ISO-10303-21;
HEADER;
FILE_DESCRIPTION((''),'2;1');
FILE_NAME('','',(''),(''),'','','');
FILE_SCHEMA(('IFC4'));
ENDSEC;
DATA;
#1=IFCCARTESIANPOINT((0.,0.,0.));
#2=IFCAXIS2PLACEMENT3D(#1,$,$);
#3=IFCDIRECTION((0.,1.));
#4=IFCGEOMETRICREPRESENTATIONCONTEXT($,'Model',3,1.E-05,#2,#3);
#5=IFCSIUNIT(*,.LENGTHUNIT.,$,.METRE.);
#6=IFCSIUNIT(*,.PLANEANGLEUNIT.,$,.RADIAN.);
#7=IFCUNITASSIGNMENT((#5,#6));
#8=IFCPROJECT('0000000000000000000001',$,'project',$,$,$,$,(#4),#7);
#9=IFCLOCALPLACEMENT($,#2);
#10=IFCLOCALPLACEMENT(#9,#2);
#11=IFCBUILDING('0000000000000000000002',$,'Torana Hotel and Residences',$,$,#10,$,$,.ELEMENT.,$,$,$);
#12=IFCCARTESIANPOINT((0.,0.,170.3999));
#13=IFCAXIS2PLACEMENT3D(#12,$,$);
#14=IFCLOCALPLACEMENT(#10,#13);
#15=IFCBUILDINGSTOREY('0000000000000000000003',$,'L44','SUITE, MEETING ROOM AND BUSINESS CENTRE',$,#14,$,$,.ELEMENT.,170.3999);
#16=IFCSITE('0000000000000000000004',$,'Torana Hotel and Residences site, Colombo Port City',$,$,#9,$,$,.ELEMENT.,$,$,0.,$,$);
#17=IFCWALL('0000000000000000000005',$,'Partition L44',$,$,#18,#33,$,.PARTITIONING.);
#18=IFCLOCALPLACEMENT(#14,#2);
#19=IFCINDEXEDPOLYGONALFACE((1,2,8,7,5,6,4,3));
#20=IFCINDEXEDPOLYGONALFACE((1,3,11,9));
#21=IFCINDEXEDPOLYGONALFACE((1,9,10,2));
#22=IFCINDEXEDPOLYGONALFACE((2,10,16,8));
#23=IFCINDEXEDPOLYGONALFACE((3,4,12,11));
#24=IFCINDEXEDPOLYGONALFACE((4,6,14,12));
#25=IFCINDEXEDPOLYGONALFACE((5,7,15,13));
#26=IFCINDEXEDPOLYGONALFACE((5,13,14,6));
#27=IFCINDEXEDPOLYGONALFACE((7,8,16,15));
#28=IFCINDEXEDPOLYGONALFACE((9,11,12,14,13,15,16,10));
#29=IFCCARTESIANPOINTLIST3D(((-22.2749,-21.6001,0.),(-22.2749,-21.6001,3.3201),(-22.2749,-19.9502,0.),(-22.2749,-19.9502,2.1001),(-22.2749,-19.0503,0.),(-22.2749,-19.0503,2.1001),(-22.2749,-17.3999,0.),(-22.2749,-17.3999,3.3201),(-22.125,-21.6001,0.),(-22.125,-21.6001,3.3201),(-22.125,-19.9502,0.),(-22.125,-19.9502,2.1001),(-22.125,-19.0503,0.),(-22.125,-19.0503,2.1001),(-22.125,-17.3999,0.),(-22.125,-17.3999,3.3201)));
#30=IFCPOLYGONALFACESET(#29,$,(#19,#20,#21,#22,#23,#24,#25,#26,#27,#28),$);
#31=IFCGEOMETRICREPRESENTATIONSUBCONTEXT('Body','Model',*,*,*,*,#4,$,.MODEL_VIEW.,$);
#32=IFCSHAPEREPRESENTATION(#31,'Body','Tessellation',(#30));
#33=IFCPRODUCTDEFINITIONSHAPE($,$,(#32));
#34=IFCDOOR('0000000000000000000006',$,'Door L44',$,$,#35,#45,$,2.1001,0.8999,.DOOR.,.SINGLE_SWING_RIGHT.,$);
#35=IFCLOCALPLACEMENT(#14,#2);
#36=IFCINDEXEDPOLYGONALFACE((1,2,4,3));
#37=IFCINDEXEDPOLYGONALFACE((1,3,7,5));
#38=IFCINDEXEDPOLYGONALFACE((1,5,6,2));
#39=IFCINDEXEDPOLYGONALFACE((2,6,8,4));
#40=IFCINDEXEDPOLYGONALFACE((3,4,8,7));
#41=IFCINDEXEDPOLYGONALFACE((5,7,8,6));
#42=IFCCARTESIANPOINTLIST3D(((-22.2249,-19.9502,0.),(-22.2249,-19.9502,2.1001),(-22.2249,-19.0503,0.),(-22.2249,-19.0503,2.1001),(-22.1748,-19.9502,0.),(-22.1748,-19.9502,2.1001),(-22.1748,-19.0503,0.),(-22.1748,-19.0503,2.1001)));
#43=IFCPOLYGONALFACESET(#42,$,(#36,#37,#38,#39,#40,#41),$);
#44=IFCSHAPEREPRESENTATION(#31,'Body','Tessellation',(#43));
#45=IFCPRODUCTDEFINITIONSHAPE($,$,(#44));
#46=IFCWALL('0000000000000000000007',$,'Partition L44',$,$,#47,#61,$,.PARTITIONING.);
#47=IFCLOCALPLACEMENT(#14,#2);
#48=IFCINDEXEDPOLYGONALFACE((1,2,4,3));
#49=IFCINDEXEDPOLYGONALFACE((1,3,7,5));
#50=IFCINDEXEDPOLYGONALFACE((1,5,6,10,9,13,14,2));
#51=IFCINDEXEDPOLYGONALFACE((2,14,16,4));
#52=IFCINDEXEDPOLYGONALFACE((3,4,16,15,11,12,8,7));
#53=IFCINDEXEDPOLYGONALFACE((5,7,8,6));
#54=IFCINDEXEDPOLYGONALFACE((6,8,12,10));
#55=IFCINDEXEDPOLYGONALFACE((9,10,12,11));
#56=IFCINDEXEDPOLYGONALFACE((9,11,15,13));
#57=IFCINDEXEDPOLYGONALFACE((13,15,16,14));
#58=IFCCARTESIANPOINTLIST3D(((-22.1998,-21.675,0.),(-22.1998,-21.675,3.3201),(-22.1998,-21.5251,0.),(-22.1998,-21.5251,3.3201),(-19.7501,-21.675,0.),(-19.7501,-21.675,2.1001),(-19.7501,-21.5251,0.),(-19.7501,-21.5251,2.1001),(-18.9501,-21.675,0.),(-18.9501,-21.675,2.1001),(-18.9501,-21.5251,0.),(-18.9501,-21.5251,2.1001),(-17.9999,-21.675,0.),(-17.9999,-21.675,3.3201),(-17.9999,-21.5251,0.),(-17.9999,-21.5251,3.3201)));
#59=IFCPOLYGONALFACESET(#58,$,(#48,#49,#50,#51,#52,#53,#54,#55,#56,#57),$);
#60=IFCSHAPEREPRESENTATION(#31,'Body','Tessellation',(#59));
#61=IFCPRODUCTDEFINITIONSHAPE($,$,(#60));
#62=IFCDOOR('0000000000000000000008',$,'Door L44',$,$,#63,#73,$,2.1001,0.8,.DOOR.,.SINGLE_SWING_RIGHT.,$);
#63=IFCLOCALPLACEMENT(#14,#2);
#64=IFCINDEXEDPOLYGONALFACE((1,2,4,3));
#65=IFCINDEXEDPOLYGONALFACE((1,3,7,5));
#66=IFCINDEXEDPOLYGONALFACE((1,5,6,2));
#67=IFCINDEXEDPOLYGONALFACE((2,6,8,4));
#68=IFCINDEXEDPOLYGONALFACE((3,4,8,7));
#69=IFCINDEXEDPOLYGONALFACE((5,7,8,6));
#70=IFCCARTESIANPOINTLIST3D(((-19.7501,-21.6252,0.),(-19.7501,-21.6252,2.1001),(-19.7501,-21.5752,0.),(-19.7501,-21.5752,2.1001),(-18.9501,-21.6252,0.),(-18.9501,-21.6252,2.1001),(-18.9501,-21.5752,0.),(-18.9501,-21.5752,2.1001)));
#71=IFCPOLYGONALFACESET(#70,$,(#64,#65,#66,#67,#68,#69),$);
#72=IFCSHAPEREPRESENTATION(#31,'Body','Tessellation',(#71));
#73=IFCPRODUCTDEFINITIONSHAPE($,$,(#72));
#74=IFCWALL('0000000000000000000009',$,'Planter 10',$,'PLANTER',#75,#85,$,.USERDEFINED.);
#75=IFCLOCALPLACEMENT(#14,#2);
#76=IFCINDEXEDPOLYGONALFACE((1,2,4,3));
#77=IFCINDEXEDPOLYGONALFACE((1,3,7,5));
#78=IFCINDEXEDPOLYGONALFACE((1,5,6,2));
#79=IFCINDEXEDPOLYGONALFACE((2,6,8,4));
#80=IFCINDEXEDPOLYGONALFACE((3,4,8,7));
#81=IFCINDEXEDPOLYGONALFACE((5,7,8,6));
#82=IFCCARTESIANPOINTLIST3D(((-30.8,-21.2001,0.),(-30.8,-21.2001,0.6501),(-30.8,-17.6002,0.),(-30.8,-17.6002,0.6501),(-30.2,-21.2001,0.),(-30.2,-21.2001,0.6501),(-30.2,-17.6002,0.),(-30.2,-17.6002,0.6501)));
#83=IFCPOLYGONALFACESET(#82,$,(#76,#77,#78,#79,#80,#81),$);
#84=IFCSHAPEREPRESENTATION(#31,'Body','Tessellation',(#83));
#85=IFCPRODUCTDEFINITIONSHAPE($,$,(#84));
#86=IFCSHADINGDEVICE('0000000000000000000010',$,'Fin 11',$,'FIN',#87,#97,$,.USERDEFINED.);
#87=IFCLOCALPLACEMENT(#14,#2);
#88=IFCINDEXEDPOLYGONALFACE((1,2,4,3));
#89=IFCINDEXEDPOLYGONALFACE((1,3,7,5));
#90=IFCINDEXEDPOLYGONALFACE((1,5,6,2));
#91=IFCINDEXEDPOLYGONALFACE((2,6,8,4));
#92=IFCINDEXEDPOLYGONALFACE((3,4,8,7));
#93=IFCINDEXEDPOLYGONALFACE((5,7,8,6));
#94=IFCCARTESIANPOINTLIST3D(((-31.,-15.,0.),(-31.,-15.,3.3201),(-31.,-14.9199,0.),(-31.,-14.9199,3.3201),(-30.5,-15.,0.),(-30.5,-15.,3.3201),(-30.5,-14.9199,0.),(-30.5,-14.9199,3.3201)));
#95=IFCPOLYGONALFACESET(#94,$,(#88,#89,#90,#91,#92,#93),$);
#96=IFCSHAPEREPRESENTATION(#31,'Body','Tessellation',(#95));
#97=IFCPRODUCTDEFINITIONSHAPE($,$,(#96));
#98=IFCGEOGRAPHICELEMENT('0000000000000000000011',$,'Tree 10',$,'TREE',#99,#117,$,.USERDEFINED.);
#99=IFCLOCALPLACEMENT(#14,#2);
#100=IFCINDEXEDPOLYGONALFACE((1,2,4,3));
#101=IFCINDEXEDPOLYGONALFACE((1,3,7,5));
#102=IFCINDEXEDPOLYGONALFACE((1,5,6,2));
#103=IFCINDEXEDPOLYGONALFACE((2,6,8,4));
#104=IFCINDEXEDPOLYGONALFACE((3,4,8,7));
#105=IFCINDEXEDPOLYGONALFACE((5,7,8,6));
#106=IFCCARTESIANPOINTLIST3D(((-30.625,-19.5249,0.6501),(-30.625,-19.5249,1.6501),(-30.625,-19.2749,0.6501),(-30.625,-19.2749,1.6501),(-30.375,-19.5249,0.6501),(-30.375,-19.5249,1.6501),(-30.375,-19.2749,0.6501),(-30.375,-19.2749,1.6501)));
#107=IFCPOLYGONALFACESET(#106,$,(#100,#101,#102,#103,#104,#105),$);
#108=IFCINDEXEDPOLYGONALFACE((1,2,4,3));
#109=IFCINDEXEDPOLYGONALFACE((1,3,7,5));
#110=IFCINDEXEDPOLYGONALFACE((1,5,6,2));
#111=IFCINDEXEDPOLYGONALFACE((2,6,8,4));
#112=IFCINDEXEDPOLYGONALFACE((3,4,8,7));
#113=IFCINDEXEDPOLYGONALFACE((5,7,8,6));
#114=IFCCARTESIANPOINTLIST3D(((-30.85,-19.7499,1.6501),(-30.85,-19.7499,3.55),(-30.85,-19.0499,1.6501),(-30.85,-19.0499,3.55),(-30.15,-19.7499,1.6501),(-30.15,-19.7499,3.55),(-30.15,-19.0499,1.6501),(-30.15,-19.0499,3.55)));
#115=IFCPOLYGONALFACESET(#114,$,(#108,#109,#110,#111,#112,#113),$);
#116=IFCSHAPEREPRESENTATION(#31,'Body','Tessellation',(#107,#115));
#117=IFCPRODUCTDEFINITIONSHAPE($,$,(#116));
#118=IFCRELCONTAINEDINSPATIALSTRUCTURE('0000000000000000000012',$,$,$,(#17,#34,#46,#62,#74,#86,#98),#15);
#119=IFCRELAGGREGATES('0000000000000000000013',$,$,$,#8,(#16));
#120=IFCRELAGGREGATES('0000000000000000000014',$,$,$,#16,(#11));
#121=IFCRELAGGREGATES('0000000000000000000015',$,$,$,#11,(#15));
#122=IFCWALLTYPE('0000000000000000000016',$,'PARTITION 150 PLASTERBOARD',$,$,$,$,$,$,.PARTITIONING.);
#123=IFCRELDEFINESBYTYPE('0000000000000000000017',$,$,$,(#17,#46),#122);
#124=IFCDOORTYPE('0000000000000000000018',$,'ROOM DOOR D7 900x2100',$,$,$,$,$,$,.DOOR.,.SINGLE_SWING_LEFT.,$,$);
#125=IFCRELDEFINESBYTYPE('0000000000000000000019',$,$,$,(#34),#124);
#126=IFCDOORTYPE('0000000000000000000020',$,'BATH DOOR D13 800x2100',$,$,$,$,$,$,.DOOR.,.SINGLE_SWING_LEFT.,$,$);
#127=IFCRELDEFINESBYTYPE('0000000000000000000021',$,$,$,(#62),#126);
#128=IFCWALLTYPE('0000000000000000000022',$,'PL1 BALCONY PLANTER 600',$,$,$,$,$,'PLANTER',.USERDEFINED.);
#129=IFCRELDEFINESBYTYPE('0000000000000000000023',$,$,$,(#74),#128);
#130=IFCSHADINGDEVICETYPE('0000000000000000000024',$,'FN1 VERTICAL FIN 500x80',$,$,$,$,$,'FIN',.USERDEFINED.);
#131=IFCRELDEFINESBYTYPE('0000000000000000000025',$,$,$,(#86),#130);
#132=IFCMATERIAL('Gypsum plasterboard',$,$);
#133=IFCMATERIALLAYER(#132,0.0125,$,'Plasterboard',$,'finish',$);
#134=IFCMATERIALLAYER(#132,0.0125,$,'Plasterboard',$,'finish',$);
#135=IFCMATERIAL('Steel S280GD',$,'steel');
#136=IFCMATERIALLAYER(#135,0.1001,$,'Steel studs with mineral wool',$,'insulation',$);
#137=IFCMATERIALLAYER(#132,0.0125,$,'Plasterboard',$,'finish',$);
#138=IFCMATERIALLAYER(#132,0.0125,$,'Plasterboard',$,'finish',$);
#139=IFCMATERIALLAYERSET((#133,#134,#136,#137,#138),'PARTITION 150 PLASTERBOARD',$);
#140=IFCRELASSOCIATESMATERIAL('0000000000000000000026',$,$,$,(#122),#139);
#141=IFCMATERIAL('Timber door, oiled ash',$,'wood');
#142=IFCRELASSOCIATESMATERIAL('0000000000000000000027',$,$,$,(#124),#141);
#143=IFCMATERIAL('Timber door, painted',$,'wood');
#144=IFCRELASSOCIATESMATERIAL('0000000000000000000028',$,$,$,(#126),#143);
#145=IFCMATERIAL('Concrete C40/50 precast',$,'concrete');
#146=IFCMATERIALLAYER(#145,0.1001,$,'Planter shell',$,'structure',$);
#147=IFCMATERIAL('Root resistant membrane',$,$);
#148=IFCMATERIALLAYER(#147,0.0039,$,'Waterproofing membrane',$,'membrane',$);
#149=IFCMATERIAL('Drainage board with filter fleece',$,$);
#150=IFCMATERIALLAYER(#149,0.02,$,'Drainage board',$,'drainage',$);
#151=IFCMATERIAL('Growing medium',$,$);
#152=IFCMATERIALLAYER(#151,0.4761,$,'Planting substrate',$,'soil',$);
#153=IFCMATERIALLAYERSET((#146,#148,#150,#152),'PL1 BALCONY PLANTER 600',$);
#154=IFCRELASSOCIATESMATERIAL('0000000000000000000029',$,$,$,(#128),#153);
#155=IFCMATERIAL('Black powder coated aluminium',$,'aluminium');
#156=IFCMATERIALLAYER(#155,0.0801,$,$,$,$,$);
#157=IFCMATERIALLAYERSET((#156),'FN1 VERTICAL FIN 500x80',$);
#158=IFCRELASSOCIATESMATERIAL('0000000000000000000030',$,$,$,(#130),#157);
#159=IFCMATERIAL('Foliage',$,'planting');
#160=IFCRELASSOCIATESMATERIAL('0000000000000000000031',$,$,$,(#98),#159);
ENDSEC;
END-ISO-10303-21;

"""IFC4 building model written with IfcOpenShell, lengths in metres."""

from ifc_helpers import new_model, si_unit, direction, frame, frame_2d, origin, origin_2d, place, context, subcontext, project, spatial, rectangle, extrude, material, layer, layer_set, type_object, element, fill, save


model = new_model("IFC4")

# Units and contexts
model_context = context("Model", 3, precision=1e-05, world=origin(), true_north=direction((0.0, 1.0)))
body_context = subcontext(model_context, "Body", "Model", "MODEL_VIEW")
ifc_project = project(units=[si_unit("LENGTHUNIT", "METRE"), si_unit("PLANEANGLEUNIT", "RADIAN")], contexts=[model_context])

# Site, building, storey
site_placement = place(None, origin())
site = spatial("IfcSite", under=ifc_project, at=site_placement, Name="Torana Hotel and Residences site, Colombo Port City", CompositionType="ELEMENT", RefElevation=0.0)
building_placement = place(site_placement, origin())
building = spatial("IfcBuilding", under=site, at=building_placement, Name="Torana Hotel and Residences", CompositionType="ELEMENT")
storey_placement = place(building_placement, frame((0.0, 0.0, 170.3999)))
storey = spatial("IfcBuildingStorey", under=building, at=storey_placement, Name="L44", Description="SUITE, MEETING ROOM AND BUSINESS CENTRE", CompositionType="ELEMENT", Elevation=170.3999)

# Shared definitions
ifc_material_1 = material(Name="Gypsum plasterboard")
ifc_layer_1 = layer(ifc_material_1, 0.0125, Name="Plasterboard", Category="finish")
ifc_layer_2 = layer(ifc_material_1, 0.0125, Name="Plasterboard", Category="finish")
ifc_material_2 = material(Name="Steel S280GD", Category="steel")
ifc_layer_3 = layer(ifc_material_2, 0.1001, Name="Steel studs with mineral wool", Category="insulation")
ifc_layer_4 = layer(ifc_material_1, 0.0125, Name="Plasterboard", Category="finish")
ifc_layer_5 = layer(ifc_material_1, 0.0125, Name="Plasterboard", Category="finish")
ifc_layer_set_1 = layer_set([ifc_layer_1, ifc_layer_2, ifc_layer_3, ifc_layer_4, ifc_layer_5], Name="PARTITION 150 PLASTERBOARD")
wall_type_1 = type_object("IfcWallType", Name="PARTITION 150 PLASTERBOARD", PredefinedType="PARTITIONING", material=ifc_layer_set_1)

# Walls, openings, doors
wall_1_placement = place(storey_placement, frame((-22.2, -21.6001, 0.0), z_axis=(0.0, 0.0, 1.0), x_axis=(0.0, 1.0, 0.0)))
wall_1 = element("IfcWall", 1, at=wall_1_placement, inside=storey, type_object=wall_type_1, Name="Partition L44", PredefinedType="PARTITIONING", context=body_context, shape_type="SweptSolid", body=[
    extrude(rectangle(XDim=4.2002, YDim=0.1499, at=frame_2d((2.1001, 0.0))), origin(), (0.0, 0.0, 1.0), 3.3201),
])
opening_1_placement = place(wall_1_placement, frame((1.6499, 0.0, 0.0)))
opening_1 = element("IfcOpeningElement", 2, at=opening_1_placement, cuts=wall_1, PredefinedType="OPENING", context=body_context, shape_type="SweptSolid", body=[
    extrude(rectangle(XDim=0.8999, YDim=2.1001, at=frame_2d((0.45, 1.05))), frame((0.0, 0.085, 0.0), z_axis=(0.0, -1.0, 0.0), x_axis=(1.0, 0.0, 0.0)), (0.0, 0.0, 1.0), 0.1699),
])
ifc_material_3 = material(Name="Timber door, oiled ash", Category="wood")
door_type_1 = type_object("IfcDoorType", Name="ROOM DOOR D7 900x2100", OperationType="SINGLE_SWING_LEFT", PredefinedType="DOOR", material=ifc_material_3)
door_1_placement = place(opening_1_placement, origin())
door_1 = element("IfcDoor", 3, at=door_1_placement, inside=storey, type_object=door_type_1, Name="Door L44", OperationType="SINGLE_SWING_RIGHT", OverallHeight=2.1001, OverallWidth=0.8999, PredefinedType="DOOR", context=body_context, shape_type="SweptSolid", body=[
    extrude(rectangle(XDim=0.8999, YDim=2.1001, at=frame_2d((0.45, 1.05))), frame((0.0, 0.0249, 0.0), z_axis=(0.0, -1.0, 0.0), x_axis=(1.0, 0.0, 0.0)), (0.0, 0.0, 1.0), 0.05),
])
fill(opening_1, door_1)
wall_2_placement = place(storey_placement, frame((-22.2, -21.6001, 0.0), z_axis=(0.0, 0.0, 1.0), x_axis=(1.0, 0.0, 0.0)))
wall_2 = element("IfcWall", 4, at=wall_2_placement, inside=storey, type_object=wall_type_1, Name="Partition L44", PredefinedType="PARTITIONING", context=body_context, shape_type="SweptSolid", body=[
    extrude(rectangle(XDim=4.2, YDim=0.1499, at=frame_2d((2.1001, 0.0))), origin(), (0.0, 0.0, 1.0), 3.3201),
])
opening_2_placement = place(wall_2_placement, frame((2.45, 0.0, 0.0)))
opening_2 = element("IfcOpeningElement", 5, at=opening_2_placement, cuts=wall_2, PredefinedType="OPENING", context=body_context, shape_type="SweptSolid", body=[
    extrude(rectangle(XDim=0.8, YDim=2.1001, at=frame_2d((0.3999, 1.05))), frame((0.0, 0.085, 0.0), z_axis=(0.0, -1.0, 0.0), x_axis=(1.0, 0.0, 0.0)), (0.0, 0.0, 1.0), 0.1699),
])
ifc_material_4 = material(Name="Timber door, painted", Category="wood")
door_type_2 = type_object("IfcDoorType", Name="BATH DOOR D13 800x2100", OperationType="SINGLE_SWING_LEFT", PredefinedType="DOOR", material=ifc_material_4)
door_2_placement = place(opening_2_placement, origin())
door_2 = element("IfcDoor", 6, at=door_2_placement, inside=storey, type_object=door_type_2, Name="Door L44", OperationType="SINGLE_SWING_RIGHT", OverallHeight=2.1001, OverallWidth=0.8, PredefinedType="DOOR", context=body_context, shape_type="SweptSolid", body=[
    extrude(rectangle(XDim=0.8, YDim=2.1001, at=frame_2d((0.3999, 1.05))), frame((0.0, 0.0249, 0.0), z_axis=(0.0, -1.0, 0.0), x_axis=(1.0, 0.0, 0.0)), (0.0, 0.0, 1.0), 0.05),
])
fill(opening_2, door_2)

# Wall
ifc_material_5 = material(Name="Concrete C40/50 precast", Category="concrete")
ifc_layer_6 = layer(ifc_material_5, 0.1001, Name="Planter shell", Category="structure")
ifc_material_6 = material(Name="Root resistant membrane")
ifc_layer_7 = layer(ifc_material_6, 0.0039, Name="Waterproofing membrane", Category="membrane")
ifc_material_7 = material(Name="Drainage board with filter fleece")
ifc_layer_8 = layer(ifc_material_7, 0.02, Name="Drainage board", Category="drainage")
ifc_material_8 = material(Name="Growing medium")
ifc_layer_9 = layer(ifc_material_8, 0.4761, Name="Planting substrate", Category="soil")
ifc_layer_set_2 = layer_set([ifc_layer_6, ifc_layer_7, ifc_layer_8, ifc_layer_9], Name="PL1 BALCONY PLANTER 600")
wall_type_2 = type_object("IfcWallType", Name="PL1 BALCONY PLANTER 600", ElementType="PLANTER", PredefinedType="USERDEFINED", material=ifc_layer_set_2)
wall_3_placement = place(storey_placement, frame((-30.5, -21.2, 0.0), z_axis=(0.0, 0.0, 1.0), x_axis=(0.0, 1.0, 0.0)))
element("IfcWall", 7, at=wall_3_placement, inside=storey, type_object=wall_type_2, Name="Planter 10", ObjectType="PLANTER", PredefinedType="USERDEFINED", context=body_context, shape_type="SweptSolid", body=[
    extrude(rectangle(XDim=3.5999, YDim=0.6001, at=frame_2d((1.7998, 0.0))), origin(), (0.0, 0.0, 1.0), 0.6501),
])

# Shading device
ifc_material_9 = material(Name="Black powder coated aluminium", Category="aluminium")
ifc_layer_10 = layer(ifc_material_9, 0.0801)
ifc_layer_set_3 = layer_set([ifc_layer_10], Name="FN1 VERTICAL FIN 500x80")
shading_device_type = type_object("IfcShadingDeviceType", Name="FN1 VERTICAL FIN 500x80", ElementType="FIN", PredefinedType="USERDEFINED", material=ifc_layer_set_3)
shading_device_placement = place(storey_placement, frame((-30.75, -14.96, 0.0), z_axis=(0.0, 0.0, 1.0), x_axis=(0.0, 1.0, 0.0)))
element("IfcShadingDevice", 8, at=shading_device_placement, inside=storey, type_object=shading_device_type, Name="Fin 11", ObjectType="FIN", PredefinedType="USERDEFINED", context=body_context, shape_type="SweptSolid", body=[
    extrude(rectangle(XDim=0.0801, YDim=0.5, at=origin_2d()), origin(), (0.0, 0.0, 1.0), 3.3201),
])

# Geographic element
ifc_material_10 = material(Name="Foliage", Category="planting")
geographic_element_placement = place(storey_placement, frame((-30.5, -19.3999, 0.6501), z_axis=(0.0, 0.0, 1.0), x_axis=(1.0, 0.0, 0.0)))
element("IfcGeographicElement", 9, at=geographic_element_placement, inside=storey, material=ifc_material_10, Name="Tree 10", ObjectType="TREE", PredefinedType="USERDEFINED", context=body_context, shape_type="SweptSolid", body=[
    extrude(rectangle(XDim=0.25, YDim=0.25, at=origin_2d()), origin(), (0.0, 0.0, 1.0), 1.0),
    extrude(rectangle(XDim=0.7, YDim=0.7, at=origin_2d()), frame((0.0, 0.0, 1.0)), (0.0, 0.0, 1.0), 1.8999),
])

save(model, "model.ifc")
